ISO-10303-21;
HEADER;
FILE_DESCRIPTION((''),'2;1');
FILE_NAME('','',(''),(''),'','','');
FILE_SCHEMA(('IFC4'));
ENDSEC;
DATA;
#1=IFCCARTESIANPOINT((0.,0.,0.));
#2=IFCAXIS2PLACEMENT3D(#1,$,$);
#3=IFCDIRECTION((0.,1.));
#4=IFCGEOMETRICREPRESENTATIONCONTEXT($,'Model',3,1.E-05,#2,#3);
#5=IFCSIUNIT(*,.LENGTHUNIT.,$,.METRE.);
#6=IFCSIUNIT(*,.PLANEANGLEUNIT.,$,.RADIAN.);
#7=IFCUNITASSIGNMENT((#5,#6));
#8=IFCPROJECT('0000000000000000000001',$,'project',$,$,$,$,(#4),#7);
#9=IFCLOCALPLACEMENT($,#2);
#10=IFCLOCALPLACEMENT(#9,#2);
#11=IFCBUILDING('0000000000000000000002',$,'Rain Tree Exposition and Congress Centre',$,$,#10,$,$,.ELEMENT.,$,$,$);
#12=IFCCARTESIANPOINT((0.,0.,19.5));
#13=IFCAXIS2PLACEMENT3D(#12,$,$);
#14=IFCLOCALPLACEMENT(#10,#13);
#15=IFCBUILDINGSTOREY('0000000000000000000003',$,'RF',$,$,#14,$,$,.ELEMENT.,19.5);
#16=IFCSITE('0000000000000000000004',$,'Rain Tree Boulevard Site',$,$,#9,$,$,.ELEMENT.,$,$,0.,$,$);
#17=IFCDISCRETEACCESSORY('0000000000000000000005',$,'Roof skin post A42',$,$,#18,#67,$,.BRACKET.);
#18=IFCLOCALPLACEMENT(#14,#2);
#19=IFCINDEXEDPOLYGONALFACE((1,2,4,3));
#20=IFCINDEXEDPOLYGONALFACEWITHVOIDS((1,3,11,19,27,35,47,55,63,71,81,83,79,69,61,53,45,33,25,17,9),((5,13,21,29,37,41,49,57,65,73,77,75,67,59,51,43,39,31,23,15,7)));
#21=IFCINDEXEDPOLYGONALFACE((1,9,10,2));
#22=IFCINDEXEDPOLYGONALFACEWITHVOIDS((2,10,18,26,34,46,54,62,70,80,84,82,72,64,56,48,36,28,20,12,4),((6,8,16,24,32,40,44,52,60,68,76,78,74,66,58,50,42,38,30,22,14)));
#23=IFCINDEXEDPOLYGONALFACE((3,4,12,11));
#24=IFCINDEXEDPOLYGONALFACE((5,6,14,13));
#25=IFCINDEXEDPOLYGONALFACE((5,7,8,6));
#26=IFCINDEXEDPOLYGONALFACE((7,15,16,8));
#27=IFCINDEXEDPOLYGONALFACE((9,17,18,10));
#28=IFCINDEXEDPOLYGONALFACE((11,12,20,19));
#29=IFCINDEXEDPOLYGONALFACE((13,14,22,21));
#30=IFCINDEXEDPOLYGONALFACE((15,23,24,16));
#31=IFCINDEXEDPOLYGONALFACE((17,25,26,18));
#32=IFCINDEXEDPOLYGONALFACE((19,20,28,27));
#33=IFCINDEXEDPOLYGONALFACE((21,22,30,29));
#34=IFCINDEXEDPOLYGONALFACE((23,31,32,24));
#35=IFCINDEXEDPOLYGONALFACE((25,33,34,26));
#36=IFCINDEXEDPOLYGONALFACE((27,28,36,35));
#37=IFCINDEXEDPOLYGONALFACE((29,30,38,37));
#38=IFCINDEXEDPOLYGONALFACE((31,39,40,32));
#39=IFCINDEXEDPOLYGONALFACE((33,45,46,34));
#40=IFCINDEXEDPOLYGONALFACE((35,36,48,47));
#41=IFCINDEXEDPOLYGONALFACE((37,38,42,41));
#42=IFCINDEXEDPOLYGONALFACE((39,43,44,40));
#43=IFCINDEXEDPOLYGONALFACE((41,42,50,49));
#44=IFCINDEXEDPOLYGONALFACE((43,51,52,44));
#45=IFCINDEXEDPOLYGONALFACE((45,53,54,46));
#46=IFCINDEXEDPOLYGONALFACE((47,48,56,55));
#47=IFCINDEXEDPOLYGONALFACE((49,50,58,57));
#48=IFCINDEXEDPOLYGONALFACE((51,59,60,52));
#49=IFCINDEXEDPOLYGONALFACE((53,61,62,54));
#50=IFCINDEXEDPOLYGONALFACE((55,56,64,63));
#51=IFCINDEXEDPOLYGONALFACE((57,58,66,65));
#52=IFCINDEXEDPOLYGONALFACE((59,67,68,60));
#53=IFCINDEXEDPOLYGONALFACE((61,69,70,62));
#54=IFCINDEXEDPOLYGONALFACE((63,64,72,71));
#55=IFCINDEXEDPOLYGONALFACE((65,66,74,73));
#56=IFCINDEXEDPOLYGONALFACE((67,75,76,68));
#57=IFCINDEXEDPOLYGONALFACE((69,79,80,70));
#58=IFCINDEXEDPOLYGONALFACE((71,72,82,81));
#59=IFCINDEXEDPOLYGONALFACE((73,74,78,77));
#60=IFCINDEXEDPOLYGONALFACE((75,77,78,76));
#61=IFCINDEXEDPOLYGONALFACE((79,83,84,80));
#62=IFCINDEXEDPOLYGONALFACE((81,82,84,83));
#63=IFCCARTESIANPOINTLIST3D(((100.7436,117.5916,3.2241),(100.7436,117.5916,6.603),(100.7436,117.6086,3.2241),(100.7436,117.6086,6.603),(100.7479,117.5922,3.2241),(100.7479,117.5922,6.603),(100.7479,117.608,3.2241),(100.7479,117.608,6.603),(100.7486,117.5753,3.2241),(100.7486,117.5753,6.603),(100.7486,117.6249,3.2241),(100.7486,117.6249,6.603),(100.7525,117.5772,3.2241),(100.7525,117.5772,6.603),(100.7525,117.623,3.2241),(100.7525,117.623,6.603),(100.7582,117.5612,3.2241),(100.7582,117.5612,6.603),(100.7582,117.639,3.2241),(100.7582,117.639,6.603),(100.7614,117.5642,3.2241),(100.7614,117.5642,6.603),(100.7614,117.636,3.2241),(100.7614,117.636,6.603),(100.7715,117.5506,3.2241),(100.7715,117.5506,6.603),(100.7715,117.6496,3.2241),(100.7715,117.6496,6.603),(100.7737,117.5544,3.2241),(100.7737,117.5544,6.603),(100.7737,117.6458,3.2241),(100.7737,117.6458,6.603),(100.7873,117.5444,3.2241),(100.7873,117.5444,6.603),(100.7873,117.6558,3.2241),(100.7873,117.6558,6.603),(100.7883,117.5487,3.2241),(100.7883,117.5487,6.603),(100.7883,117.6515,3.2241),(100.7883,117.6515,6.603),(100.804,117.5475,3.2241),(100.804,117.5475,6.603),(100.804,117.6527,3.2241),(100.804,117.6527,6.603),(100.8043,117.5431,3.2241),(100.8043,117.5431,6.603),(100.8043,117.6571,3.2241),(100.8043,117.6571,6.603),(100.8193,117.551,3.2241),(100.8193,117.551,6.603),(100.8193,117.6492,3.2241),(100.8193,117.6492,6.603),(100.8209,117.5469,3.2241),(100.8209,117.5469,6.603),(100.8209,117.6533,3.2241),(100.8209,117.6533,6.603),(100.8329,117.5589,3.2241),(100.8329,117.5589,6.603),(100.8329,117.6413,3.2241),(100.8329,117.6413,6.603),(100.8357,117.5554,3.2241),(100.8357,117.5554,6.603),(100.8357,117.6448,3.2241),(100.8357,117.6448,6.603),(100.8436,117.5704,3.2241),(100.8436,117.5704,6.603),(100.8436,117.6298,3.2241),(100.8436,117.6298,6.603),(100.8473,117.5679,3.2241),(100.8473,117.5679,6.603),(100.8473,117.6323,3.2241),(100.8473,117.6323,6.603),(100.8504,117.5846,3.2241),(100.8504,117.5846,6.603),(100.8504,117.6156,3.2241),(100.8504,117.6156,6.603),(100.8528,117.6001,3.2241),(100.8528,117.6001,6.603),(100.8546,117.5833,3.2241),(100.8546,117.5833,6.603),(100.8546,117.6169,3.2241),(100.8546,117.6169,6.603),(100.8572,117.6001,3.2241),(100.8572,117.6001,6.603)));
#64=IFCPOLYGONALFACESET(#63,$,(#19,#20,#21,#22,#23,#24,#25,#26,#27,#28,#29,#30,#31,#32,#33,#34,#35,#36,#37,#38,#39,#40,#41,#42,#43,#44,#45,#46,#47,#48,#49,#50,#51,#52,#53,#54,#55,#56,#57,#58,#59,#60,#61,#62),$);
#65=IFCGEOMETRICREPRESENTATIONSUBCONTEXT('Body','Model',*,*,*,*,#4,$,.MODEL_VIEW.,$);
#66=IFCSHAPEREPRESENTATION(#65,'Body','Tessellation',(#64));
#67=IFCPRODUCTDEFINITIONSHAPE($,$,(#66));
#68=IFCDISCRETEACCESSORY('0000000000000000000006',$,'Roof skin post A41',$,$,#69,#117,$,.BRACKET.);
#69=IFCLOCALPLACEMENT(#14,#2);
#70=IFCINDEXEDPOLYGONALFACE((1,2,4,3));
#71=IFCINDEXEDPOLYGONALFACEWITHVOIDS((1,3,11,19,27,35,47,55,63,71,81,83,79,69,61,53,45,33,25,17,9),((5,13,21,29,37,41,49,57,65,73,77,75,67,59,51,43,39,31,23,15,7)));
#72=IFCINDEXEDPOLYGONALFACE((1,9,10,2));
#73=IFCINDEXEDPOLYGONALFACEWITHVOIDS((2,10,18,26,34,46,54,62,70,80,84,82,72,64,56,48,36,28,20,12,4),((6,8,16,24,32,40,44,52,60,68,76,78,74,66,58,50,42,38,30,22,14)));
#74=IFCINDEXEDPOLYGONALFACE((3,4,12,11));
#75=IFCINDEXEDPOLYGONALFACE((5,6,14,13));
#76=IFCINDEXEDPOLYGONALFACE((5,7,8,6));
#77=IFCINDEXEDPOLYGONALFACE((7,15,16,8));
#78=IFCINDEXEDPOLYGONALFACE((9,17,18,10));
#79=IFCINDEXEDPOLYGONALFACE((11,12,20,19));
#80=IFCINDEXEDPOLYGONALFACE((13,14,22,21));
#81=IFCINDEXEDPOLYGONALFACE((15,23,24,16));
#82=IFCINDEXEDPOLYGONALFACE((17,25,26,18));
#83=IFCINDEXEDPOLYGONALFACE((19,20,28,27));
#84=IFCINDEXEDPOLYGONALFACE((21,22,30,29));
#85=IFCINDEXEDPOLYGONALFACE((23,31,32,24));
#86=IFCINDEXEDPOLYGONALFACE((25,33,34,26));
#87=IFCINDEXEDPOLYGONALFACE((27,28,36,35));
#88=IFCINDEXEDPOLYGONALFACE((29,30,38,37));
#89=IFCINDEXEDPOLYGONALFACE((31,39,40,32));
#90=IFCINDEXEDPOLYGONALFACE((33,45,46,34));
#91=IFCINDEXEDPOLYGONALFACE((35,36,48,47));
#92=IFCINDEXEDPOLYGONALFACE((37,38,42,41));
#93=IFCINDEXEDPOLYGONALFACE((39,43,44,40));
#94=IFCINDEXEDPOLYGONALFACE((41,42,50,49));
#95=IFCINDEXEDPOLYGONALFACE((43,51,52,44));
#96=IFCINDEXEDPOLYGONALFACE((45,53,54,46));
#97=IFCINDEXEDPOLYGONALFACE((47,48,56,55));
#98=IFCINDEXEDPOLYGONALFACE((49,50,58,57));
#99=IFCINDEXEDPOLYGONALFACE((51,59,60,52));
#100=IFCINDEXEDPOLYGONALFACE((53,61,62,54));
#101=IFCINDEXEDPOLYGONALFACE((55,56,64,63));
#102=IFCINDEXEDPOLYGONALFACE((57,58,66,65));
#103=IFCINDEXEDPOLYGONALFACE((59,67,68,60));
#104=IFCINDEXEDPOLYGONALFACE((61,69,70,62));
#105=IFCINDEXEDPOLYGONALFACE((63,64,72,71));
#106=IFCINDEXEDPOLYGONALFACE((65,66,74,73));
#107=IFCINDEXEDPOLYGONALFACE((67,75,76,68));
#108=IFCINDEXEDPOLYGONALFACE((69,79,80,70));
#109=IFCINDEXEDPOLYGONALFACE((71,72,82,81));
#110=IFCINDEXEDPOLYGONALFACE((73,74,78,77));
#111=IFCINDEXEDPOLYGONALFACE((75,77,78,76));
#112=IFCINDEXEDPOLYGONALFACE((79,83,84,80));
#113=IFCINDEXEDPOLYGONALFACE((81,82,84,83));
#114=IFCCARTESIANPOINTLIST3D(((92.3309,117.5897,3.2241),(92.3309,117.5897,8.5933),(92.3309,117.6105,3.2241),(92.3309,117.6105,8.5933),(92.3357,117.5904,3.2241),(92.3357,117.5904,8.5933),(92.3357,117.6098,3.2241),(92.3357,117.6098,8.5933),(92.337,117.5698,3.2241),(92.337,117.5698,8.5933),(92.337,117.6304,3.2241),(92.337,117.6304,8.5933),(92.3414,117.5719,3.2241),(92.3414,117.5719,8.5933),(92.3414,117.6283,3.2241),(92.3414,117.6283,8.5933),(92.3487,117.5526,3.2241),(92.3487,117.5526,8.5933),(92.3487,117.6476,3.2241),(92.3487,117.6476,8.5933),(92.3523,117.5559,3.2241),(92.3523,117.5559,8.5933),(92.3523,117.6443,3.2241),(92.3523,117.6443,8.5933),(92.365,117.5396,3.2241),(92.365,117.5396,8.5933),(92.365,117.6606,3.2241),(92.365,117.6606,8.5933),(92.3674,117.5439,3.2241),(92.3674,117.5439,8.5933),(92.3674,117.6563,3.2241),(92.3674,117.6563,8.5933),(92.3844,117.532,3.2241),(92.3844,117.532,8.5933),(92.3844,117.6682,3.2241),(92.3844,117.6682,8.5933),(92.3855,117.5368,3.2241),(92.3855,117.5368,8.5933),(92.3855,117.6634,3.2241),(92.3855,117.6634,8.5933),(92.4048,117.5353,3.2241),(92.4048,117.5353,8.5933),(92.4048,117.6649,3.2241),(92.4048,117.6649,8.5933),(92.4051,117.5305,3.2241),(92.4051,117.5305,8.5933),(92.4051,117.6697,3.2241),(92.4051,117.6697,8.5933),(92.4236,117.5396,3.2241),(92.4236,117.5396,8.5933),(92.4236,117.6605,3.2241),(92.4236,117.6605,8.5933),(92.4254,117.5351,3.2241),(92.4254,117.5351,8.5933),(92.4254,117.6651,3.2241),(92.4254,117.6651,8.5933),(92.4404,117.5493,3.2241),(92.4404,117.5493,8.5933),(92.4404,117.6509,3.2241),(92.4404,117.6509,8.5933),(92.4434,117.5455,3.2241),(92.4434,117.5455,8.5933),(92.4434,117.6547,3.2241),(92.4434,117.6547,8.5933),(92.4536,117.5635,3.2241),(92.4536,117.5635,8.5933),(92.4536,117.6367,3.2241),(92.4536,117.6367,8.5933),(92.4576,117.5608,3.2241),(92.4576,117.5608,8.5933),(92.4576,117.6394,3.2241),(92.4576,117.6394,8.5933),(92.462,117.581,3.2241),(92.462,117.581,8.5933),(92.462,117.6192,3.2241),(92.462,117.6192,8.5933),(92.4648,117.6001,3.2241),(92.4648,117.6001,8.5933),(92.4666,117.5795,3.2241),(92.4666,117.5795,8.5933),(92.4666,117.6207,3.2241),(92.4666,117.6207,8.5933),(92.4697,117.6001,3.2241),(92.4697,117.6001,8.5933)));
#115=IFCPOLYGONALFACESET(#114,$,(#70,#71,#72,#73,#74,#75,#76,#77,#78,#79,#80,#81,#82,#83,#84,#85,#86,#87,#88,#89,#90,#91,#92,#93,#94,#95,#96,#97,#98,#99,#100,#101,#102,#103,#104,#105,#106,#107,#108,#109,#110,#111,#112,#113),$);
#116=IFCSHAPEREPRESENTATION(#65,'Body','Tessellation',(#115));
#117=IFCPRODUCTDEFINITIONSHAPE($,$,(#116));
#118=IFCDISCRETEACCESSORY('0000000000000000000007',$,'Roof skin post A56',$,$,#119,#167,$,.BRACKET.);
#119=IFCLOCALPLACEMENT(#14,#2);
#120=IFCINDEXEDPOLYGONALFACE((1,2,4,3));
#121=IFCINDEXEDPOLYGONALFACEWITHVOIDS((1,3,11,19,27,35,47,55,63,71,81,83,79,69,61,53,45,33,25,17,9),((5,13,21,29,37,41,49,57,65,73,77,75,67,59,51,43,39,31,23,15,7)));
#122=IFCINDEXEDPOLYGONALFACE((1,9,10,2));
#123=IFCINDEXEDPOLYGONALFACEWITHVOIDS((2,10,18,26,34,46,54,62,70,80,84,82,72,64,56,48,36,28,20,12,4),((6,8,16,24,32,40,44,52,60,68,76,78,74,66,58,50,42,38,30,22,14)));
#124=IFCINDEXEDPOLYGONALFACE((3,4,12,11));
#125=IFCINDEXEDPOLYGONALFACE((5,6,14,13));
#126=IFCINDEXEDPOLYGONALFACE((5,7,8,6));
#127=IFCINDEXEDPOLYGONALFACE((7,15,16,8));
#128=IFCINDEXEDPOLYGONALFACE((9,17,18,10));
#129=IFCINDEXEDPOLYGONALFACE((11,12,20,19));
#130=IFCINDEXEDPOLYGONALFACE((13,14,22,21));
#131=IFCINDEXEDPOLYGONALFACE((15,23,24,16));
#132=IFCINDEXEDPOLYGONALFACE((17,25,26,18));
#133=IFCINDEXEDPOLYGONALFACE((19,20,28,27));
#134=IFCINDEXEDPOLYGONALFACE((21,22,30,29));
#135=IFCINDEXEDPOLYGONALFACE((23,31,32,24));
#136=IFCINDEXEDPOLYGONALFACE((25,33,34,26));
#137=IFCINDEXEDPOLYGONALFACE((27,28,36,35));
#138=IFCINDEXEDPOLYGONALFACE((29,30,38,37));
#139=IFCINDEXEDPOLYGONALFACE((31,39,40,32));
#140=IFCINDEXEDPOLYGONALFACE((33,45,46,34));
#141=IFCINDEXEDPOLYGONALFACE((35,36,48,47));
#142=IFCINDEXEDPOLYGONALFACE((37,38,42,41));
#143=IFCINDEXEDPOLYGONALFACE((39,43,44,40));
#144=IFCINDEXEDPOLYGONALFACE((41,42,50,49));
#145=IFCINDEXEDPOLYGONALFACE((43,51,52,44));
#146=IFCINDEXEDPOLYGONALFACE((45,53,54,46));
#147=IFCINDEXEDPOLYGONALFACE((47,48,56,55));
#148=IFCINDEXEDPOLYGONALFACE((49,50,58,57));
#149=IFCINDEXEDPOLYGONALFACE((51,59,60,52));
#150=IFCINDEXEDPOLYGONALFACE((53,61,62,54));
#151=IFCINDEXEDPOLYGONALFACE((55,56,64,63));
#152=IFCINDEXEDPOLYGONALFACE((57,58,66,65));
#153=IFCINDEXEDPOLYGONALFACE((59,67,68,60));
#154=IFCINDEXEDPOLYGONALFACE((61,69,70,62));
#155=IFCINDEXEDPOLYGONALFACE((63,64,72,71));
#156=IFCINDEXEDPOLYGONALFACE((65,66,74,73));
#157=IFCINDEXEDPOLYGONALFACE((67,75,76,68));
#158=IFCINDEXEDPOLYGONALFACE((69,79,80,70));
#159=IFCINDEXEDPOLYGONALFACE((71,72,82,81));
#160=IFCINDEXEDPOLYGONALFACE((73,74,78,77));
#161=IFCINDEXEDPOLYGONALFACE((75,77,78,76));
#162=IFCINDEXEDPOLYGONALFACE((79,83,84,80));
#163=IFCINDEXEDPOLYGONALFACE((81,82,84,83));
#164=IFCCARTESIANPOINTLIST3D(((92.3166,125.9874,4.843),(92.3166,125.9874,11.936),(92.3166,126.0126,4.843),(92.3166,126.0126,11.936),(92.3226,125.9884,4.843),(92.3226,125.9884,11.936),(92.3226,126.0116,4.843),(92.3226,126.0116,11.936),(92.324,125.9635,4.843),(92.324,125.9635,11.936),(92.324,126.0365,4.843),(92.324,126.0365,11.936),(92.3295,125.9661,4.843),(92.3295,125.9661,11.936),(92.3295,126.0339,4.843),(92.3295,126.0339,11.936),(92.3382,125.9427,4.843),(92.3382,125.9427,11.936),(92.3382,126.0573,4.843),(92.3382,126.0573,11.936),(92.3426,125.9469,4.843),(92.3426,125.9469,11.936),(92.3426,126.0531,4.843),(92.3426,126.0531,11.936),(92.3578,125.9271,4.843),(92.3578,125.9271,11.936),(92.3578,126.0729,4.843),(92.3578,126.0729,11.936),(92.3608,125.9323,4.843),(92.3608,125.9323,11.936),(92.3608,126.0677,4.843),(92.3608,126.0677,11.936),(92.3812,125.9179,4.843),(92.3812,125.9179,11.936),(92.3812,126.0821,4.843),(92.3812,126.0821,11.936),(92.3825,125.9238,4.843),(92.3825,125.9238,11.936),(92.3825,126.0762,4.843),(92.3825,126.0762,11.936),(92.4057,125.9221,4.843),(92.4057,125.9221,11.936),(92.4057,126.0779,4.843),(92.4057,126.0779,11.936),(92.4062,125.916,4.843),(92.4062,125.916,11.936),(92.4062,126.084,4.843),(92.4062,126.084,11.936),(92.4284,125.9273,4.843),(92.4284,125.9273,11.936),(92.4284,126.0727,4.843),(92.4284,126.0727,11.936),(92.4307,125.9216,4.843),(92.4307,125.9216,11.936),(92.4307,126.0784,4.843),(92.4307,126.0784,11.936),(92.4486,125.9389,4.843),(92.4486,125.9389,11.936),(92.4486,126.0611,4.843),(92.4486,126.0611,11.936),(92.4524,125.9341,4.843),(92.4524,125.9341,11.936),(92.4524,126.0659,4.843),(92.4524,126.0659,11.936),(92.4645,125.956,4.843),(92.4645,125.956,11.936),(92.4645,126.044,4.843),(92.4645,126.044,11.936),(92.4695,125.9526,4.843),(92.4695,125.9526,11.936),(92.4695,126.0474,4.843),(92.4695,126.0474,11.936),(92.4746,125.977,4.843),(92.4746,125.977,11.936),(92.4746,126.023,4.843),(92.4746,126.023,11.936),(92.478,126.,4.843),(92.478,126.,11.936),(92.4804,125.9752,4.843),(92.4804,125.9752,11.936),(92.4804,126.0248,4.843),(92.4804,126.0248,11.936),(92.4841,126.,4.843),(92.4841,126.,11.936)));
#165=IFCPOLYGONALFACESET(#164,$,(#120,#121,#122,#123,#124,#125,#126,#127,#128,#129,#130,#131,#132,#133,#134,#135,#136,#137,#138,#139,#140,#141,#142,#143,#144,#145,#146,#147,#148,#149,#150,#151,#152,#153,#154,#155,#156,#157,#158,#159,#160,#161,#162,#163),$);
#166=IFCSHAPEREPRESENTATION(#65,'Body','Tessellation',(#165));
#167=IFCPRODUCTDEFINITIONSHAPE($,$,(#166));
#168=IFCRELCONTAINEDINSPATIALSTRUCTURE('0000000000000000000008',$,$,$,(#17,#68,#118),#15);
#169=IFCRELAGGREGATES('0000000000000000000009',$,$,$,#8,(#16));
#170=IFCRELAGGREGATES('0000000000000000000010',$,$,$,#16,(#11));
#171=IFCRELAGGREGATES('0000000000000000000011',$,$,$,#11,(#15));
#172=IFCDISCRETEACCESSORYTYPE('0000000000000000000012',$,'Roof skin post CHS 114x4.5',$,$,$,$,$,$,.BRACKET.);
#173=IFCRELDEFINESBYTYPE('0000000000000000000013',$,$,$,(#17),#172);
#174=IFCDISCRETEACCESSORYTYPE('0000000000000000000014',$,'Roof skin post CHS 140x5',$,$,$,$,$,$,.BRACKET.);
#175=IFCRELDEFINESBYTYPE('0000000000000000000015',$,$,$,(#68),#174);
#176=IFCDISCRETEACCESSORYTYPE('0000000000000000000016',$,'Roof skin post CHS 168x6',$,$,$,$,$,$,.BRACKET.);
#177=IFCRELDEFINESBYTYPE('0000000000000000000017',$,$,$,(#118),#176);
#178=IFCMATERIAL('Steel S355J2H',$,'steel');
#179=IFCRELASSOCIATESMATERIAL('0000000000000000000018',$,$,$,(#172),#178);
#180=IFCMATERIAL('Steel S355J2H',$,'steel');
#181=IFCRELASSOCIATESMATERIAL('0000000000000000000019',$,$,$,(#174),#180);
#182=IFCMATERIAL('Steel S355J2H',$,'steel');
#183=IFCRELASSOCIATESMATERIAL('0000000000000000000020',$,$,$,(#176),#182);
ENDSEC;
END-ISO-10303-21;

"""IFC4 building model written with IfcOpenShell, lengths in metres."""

from ifc_helpers import new_model, si_unit, direction, frame, origin, origin_2d, place, context, subcontext, project, spatial, hollow_circle, extrude, material, material_profile, profile_set, type_object, element, save


model = new_model("IFC4")

# Units and contexts
model_context = context("Model", 3, precision=1e-05, world=origin(), true_north=direction((0.0, 1.0)))
body_context = subcontext(model_context, "Body", "Model", "MODEL_VIEW")
ifc_project = project(units=[si_unit("LENGTHUNIT", "METRE"), si_unit("PLANEANGLEUNIT", "RADIAN")], contexts=[model_context])

# Site, building, storey
site_placement = place(None, origin())
site = spatial("IfcSite", under=ifc_project, at=site_placement, Name="Rain Tree Boulevard Site", CompositionType="ELEMENT", RefElevation=0.0)
building_placement = place(site_placement, origin())
building = spatial("IfcBuilding", under=site, at=building_placement, Name="Rain Tree Exposition and Congress Centre", CompositionType="ELEMENT")
storey_placement = place(building_placement, frame((0.0, 0.0, 19.5)))
storey = spatial("IfcBuildingStorey", under=building, at=storey_placement, Name="RF", CompositionType="ELEMENT", Elevation=19.5)

# Discrete accessories
ifc_material_1 = material(Name="Steel S355J2H", Category="steel")
ifc_material_profile_1 = material_profile(ifc_material_1, hollow_circle(Radius=0.0571, WallThickness=0.0044, at=origin_2d()), Name="CHS 114x4.5")
ifc_profile_set_1 = profile_set([ifc_material_profile_1], Name="Steel S355J2H")
discrete_accessory_type_1 = type_object("IfcDiscreteAccessoryType", Name="Roof skin post CHS 114x4.5", PredefinedType="BRACKET", material=ifc_profile_set_1)
discrete_accessory_1_placement = place(storey_placement, frame((100.8, 117.6001, 3.2241), z_axis=(0.0, 0.0, 1.0), x_axis=(1.0, 0.0, 0.0)))
element("IfcDiscreteAccessory", 1, at=discrete_accessory_1_placement, inside=storey, type_object=discrete_accessory_type_1, Name="Roof skin post A42", PredefinedType="BRACKET", context=body_context, shape_type="SweptSolid", body=[
    extrude(hollow_circle(Radius=0.0571, WallThickness=0.0044, at=origin_2d()), origin(), (0.0, 0.0, 1.0), 3.3789),
])
ifc_material_2 = material(Name="Steel S355J2H", Category="steel")
ifc_material_profile_2 = material_profile(ifc_material_2, hollow_circle(Radius=0.0698, WallThickness=0.0049, at=origin_2d()), Name="CHS 140x5")
ifc_profile_set_2 = profile_set([ifc_material_profile_2], Name="Steel S355J2H")
discrete_accessory_type_2 = type_object("IfcDiscreteAccessoryType", Name="Roof skin post CHS 140x5", PredefinedType="BRACKET", material=ifc_profile_set_2)
discrete_accessory_2_placement = place(storey_placement, frame((92.3999, 117.6001, 3.2241), z_axis=(0.0, 0.0, 1.0), x_axis=(1.0, 0.0, 0.0)))
element("IfcDiscreteAccessory", 2, at=discrete_accessory_2_placement, inside=storey, type_object=discrete_accessory_type_2, Name="Roof skin post A41", PredefinedType="BRACKET", context=body_context, shape_type="SweptSolid", body=[
    extrude(hollow_circle(Radius=0.0698, WallThickness=0.0049, at=origin_2d()), origin(), (0.0, 0.0, 1.0), 5.3691),
])
ifc_material_3 = material(Name="Steel S355J2H", Category="steel")
ifc_material_profile_3 = material_profile(ifc_material_3, hollow_circle(Radius=0.0842, WallThickness=0.0061, at=origin_2d()), Name="CHS 168x6")
ifc_profile_set_3 = profile_set([ifc_material_profile_3], Name="Steel S355J2H")
discrete_accessory_type_3 = type_object("IfcDiscreteAccessoryType", Name="Roof skin post CHS 168x6", PredefinedType="BRACKET", material=ifc_profile_set_3)
discrete_accessory_3_placement = place(storey_placement, frame((92.3999, 126.0, 4.843), z_axis=(0.0, 0.0, 1.0), x_axis=(1.0, 0.0, 0.0)))
element("IfcDiscreteAccessory", 3, at=discrete_accessory_3_placement, inside=storey, type_object=discrete_accessory_type_3, Name="Roof skin post A56", PredefinedType="BRACKET", context=body_context, shape_type="SweptSolid", body=[
    extrude(hollow_circle(Radius=0.0842, WallThickness=0.0061, at=origin_2d()), origin(), (0.0, 0.0, 1.0), 7.093),
])

save(model, "model.ifc")
